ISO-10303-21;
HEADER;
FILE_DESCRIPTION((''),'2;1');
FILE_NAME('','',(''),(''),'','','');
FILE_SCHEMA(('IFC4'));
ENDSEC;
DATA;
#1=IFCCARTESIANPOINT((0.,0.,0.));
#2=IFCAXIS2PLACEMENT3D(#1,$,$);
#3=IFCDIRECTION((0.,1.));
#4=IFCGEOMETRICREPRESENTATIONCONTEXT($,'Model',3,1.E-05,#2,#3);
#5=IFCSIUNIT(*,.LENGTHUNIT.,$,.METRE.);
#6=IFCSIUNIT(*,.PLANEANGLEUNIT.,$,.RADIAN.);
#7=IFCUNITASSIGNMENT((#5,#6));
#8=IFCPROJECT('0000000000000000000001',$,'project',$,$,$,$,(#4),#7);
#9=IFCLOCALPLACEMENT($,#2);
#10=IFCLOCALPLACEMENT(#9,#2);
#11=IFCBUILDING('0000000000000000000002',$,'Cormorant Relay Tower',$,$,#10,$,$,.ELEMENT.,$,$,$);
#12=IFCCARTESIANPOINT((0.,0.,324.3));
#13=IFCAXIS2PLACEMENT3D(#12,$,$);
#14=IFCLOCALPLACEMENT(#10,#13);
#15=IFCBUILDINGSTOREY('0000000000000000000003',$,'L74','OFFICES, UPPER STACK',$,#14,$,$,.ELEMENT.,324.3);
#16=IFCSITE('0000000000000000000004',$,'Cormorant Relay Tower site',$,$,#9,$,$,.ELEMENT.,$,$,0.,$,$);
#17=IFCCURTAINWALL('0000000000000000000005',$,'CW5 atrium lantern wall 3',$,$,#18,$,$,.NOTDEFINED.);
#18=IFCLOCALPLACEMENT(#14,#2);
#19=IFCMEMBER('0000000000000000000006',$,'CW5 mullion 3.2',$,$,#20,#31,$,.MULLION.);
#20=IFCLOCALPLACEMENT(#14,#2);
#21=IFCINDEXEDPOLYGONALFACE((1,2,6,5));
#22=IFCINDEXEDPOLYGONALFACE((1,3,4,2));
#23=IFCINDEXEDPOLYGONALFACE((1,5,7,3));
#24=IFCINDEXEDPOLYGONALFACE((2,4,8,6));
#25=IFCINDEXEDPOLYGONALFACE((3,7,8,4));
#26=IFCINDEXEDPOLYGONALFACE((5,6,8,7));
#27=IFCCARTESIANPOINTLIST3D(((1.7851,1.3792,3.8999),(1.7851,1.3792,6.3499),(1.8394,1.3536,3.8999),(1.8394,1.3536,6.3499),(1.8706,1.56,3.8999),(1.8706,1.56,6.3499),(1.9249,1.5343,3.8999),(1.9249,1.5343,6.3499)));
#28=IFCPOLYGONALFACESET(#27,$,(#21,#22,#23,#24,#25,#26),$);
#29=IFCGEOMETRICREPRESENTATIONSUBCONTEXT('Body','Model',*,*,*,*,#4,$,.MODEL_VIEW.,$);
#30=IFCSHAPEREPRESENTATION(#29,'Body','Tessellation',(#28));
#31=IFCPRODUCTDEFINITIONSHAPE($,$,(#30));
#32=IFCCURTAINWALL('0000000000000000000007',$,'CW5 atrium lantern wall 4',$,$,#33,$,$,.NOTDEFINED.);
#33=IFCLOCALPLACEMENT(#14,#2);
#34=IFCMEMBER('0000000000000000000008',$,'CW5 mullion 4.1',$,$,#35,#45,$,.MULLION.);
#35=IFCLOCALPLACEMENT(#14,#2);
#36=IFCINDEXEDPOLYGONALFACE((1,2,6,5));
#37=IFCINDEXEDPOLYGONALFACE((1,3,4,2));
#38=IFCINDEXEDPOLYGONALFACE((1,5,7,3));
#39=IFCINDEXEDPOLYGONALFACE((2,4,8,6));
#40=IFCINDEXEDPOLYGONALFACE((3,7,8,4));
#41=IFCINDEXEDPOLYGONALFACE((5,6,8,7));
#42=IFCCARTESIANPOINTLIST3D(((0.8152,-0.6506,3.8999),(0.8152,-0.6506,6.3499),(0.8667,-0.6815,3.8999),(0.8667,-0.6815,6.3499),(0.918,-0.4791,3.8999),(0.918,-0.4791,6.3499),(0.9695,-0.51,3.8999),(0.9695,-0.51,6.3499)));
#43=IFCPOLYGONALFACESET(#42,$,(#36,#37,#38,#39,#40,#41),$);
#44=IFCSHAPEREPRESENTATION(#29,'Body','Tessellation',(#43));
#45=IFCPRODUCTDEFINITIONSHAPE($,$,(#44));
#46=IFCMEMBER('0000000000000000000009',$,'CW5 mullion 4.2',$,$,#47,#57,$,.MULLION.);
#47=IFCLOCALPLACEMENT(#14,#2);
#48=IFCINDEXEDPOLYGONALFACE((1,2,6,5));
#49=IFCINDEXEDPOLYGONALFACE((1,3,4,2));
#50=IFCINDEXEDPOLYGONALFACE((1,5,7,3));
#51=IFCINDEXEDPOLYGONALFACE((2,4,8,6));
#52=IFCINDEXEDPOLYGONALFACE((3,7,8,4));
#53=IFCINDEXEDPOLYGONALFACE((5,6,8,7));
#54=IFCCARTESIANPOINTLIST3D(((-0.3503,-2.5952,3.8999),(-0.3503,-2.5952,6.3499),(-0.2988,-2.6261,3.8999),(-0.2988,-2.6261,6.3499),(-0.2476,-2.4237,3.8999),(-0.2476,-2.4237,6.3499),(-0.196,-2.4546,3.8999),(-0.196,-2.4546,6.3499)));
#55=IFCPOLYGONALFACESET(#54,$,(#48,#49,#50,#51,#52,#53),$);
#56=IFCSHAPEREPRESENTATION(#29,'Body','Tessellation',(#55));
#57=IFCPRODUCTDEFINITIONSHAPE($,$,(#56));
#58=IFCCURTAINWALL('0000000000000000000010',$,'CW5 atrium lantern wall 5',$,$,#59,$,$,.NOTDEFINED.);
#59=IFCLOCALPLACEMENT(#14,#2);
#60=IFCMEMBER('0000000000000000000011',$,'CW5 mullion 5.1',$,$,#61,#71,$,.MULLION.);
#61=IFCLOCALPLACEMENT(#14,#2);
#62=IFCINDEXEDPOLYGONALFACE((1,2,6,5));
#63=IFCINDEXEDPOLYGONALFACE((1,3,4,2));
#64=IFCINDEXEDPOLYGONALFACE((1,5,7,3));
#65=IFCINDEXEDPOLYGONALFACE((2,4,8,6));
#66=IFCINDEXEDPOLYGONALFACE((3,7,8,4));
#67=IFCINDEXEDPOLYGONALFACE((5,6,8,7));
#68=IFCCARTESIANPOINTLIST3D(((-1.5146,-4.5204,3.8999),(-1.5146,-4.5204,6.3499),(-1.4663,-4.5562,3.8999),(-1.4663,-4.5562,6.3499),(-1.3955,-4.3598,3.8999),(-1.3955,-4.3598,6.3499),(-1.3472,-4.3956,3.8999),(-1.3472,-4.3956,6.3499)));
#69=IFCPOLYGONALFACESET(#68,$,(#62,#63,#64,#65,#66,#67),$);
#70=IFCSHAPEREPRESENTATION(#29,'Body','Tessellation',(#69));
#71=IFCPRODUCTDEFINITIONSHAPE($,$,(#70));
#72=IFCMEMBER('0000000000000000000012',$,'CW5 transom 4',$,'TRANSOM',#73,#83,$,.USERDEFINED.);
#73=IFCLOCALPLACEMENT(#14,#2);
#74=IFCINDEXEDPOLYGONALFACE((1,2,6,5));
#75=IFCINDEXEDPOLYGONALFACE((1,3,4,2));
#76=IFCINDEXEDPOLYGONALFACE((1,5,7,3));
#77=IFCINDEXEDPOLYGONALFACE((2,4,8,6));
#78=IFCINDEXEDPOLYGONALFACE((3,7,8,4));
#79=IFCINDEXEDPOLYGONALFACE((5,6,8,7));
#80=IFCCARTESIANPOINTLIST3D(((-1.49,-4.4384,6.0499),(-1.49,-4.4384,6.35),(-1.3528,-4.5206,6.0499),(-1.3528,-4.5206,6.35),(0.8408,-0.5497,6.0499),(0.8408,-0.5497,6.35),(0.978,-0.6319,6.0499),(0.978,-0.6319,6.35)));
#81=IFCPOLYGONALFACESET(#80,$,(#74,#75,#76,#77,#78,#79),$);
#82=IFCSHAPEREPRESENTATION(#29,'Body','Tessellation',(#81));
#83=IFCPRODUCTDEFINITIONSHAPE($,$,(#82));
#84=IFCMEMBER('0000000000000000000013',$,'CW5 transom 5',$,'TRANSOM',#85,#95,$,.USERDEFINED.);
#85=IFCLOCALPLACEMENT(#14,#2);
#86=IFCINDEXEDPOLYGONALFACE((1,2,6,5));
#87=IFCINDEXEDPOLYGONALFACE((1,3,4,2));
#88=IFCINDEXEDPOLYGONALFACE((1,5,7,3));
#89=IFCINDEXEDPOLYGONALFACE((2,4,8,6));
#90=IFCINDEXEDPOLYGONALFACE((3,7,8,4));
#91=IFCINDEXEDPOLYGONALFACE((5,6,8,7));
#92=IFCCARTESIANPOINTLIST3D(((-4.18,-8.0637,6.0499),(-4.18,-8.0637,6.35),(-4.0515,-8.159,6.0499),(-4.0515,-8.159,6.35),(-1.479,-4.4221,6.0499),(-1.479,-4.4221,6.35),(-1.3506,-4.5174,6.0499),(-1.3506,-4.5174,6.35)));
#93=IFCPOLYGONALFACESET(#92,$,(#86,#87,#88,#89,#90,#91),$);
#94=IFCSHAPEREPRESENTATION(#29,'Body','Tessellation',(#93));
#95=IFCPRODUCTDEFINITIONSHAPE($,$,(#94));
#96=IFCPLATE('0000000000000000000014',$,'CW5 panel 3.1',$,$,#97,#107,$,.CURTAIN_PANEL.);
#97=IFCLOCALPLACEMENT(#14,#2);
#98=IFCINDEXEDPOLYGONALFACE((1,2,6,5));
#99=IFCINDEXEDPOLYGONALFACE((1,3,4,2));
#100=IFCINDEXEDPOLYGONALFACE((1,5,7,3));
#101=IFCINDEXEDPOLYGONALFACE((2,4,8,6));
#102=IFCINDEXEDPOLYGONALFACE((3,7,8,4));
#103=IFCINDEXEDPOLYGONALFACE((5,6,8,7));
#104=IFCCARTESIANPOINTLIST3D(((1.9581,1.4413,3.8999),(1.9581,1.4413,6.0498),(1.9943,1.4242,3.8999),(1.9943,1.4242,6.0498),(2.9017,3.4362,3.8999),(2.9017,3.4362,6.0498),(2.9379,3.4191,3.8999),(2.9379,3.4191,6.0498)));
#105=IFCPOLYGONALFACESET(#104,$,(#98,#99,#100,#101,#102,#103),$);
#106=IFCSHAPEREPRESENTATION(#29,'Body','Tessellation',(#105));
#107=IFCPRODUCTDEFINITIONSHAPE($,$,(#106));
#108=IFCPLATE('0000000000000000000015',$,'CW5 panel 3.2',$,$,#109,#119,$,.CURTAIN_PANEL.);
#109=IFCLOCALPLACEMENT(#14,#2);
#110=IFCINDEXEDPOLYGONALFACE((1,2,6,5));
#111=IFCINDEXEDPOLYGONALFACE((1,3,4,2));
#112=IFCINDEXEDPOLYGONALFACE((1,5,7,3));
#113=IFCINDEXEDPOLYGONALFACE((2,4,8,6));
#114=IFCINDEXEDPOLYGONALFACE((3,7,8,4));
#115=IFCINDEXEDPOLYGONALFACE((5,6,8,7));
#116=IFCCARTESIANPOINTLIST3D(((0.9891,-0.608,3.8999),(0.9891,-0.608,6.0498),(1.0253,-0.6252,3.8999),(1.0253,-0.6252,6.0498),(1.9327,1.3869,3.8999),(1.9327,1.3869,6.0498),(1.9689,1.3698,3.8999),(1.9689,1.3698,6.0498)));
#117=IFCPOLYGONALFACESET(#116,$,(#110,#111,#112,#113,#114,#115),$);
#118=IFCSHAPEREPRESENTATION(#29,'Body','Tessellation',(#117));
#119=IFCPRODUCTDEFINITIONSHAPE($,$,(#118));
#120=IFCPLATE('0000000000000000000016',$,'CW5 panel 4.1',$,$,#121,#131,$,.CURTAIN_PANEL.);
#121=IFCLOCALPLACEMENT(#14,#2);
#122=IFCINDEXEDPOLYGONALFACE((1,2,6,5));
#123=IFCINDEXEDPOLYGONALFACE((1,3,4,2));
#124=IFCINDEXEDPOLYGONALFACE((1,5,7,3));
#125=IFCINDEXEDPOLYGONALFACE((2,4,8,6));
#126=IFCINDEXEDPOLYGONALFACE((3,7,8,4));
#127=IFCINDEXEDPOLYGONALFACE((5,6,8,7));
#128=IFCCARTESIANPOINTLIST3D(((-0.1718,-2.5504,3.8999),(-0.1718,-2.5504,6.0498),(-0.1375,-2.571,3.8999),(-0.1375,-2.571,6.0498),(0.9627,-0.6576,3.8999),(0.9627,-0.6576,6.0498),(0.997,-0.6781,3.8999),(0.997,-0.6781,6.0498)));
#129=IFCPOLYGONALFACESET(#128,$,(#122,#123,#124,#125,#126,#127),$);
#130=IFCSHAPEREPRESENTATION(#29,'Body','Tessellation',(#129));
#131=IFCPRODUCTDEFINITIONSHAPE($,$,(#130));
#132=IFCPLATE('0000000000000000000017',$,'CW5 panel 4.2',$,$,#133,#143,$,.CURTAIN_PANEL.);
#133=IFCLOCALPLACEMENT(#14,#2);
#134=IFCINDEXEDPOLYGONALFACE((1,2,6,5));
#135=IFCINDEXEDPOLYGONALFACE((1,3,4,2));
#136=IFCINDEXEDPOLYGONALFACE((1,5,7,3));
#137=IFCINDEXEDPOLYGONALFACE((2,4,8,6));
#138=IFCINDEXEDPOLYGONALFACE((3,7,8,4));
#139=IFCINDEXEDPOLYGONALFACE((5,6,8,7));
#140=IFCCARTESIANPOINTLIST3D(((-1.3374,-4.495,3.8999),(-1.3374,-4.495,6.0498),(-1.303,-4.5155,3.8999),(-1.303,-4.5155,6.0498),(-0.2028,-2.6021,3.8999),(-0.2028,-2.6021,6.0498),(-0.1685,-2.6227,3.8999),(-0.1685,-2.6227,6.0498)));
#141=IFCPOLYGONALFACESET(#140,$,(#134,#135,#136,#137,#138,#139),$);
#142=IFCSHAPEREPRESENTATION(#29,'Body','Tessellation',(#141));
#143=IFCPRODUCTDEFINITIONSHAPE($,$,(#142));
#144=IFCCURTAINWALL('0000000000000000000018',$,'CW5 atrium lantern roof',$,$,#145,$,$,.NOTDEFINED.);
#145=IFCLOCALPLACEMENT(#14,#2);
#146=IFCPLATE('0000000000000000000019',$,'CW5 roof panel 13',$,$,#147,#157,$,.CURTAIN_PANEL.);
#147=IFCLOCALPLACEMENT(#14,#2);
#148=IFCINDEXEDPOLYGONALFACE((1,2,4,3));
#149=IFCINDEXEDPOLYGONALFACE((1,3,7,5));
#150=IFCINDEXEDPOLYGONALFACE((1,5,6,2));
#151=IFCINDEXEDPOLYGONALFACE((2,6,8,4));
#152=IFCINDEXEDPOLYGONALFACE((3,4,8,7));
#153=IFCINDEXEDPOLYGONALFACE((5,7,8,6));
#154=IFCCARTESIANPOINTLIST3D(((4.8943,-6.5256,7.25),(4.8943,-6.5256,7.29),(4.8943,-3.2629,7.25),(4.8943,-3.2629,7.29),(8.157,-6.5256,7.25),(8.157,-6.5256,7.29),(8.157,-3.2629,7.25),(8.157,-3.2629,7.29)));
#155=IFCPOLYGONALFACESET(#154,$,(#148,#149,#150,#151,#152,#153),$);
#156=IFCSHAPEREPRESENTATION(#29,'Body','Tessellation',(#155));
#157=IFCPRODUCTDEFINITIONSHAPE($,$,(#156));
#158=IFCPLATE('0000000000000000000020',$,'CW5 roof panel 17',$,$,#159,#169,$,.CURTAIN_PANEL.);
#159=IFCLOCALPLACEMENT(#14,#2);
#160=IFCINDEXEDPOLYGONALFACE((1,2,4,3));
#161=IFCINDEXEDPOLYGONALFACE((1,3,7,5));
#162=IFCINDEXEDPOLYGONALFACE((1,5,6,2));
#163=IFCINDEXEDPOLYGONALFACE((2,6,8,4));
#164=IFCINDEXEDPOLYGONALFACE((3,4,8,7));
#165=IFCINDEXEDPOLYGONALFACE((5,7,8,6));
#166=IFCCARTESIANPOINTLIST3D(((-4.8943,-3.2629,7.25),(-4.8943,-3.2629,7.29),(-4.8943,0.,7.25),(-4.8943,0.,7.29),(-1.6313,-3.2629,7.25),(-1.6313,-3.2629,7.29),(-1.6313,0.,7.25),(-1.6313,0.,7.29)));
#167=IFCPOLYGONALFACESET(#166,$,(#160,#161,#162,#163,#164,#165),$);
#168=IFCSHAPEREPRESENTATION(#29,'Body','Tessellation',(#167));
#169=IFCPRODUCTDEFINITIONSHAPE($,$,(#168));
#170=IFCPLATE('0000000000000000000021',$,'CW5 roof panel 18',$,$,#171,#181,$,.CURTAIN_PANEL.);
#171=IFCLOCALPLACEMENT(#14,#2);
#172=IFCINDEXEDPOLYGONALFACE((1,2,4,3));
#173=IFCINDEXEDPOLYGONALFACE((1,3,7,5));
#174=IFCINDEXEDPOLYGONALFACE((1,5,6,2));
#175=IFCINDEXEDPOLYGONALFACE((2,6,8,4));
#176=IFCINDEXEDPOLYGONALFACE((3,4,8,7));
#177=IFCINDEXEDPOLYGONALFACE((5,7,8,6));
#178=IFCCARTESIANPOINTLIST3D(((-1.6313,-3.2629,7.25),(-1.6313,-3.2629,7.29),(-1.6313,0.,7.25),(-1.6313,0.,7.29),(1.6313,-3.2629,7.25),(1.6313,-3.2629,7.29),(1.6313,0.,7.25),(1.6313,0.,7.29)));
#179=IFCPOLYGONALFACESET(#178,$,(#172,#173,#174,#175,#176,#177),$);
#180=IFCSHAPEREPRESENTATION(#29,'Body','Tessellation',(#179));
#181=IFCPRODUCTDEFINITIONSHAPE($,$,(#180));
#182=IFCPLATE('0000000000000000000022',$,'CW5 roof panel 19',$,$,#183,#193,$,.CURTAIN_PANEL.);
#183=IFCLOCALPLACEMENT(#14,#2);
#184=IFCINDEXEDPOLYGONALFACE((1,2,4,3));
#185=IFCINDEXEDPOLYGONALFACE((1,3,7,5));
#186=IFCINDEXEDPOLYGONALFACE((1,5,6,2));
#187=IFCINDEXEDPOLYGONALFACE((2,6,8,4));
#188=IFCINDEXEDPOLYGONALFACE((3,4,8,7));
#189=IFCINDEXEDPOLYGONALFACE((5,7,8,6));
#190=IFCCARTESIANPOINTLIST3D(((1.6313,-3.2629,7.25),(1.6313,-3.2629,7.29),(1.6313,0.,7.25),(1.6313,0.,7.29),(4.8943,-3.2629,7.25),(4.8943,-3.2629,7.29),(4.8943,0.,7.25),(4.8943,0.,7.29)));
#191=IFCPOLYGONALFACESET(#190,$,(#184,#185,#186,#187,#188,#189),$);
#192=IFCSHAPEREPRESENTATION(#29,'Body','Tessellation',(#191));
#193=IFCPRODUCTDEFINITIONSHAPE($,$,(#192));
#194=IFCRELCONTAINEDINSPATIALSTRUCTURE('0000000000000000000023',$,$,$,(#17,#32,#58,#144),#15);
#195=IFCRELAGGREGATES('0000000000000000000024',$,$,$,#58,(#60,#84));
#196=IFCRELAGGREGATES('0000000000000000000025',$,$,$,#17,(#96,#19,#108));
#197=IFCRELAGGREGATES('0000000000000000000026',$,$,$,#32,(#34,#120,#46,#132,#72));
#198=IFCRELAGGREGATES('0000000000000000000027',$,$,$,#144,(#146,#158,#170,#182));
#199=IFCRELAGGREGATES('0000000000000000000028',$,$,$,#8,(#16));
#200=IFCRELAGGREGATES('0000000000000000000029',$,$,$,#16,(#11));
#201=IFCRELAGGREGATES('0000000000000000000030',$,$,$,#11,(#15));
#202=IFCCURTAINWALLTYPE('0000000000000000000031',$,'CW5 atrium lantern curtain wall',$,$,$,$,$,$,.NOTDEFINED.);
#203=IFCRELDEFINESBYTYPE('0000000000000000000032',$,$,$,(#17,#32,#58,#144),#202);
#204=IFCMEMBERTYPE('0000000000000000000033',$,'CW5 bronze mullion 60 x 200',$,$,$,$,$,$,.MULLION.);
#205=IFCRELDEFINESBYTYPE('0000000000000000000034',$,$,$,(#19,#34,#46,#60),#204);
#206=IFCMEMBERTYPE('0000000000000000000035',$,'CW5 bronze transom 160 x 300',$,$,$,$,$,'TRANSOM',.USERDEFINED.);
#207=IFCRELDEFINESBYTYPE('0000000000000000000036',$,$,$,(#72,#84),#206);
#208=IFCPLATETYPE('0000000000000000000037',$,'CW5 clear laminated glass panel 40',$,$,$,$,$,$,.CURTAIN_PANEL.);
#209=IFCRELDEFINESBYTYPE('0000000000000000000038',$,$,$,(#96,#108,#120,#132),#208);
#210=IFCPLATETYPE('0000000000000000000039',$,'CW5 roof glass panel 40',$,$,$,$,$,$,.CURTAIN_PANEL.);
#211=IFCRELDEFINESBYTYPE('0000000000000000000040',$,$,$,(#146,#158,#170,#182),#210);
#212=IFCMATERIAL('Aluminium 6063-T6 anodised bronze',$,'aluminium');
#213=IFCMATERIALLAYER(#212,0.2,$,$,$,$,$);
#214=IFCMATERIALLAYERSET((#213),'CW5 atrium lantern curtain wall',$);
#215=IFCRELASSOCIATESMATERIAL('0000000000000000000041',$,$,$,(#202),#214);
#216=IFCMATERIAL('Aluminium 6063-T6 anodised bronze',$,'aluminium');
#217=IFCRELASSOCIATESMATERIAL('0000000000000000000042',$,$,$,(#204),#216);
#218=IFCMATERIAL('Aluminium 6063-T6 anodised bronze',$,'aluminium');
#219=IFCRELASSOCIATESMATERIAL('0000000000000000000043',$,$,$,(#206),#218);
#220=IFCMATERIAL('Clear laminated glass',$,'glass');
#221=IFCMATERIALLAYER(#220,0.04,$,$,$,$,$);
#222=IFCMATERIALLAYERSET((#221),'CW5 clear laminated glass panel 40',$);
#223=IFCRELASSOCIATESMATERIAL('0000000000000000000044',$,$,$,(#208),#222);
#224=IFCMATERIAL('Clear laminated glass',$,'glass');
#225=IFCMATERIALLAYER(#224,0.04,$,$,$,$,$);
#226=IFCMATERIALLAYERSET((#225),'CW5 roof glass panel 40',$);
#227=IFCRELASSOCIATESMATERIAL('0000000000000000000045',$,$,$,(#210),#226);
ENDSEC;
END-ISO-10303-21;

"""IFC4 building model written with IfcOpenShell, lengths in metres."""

from ifc_helpers import new_model, si_unit, direction, frame, origin, origin_2d, place, context, subcontext, project, spatial, polyline, rectangle, outline, extrude, material, layer, layer_set, material_profile, profile_set, type_object, element, aggregate, save


model = new_model("IFC4")

# Units and contexts
model_context = context("Model", 3, precision=1e-05, world=origin(), true_north=direction((0.0, 1.0)))
body_context = subcontext(model_context, "Body", "Model", "MODEL_VIEW")
ifc_project = project(units=[si_unit("LENGTHUNIT", "METRE"), si_unit("PLANEANGLEUNIT", "RADIAN")], contexts=[model_context])

# Site, building, storey
site_placement = place(None, origin())
site = spatial("IfcSite", under=ifc_project, at=site_placement, Name="Cormorant Relay Tower site", CompositionType="ELEMENT", RefElevation=0.0)
building_placement = place(site_placement, origin())
building = spatial("IfcBuilding", under=site, at=building_placement, Name="Cormorant Relay Tower", CompositionType="ELEMENT")
storey_placement = place(building_placement, frame((0.0, 0.0, 324.3)))
storey = spatial("IfcBuildingStorey", under=building, at=storey_placement, Name="L74", Description="OFFICES, UPPER STACK", CompositionType="ELEMENT", Elevation=324.3)

# Curtain wall, member
ifc_material_1 = material(Name="Aluminium 6063-T6 anodised bronze", Category="aluminium")
ifc_layer_1 = layer(ifc_material_1, 0.2)
ifc_layer_set_1 = layer_set([ifc_layer_1], Name="CW5 atrium lantern curtain wall")
curtain_wall_type = type_object("IfcCurtainWallType", Name="CW5 atrium lantern curtain wall", PredefinedType="NOTDEFINED", material=ifc_layer_set_1)
curtain_wall_1_placement = place(storey_placement, origin())
curtain_wall_1 = element("IfcCurtainWall", 1, at=curtain_wall_1_placement, inside=storey, type_object=curtain_wall_type, Name="CW5 atrium lantern wall 3", PredefinedType="NOTDEFINED")
ifc_material_2 = material(Name="Aluminium 6063-T6 anodised bronze", Category="aluminium")
ifc_material_profile_1 = material_profile(ifc_material_2, rectangle(XDim=0.2, YDim=0.0601, at=origin_2d()), Name="AL 60x200")
ifc_profile_set_1 = profile_set([ifc_material_profile_1], Name="Aluminium 6063-T6 anodised bronze")
member_type_1 = type_object("IfcMemberType", Name="CW5 bronze mullion 60 x 200", PredefinedType="MULLION", material=ifc_profile_set_1)
member_1_placement = place(storey_placement, frame((1.855, 1.4568, 3.8999), z_axis=(0.0, 0.0, 1.0), x_axis=(-0.427555, -0.903989, 0.0)))
member_1 = element("IfcMember", 2, at=member_1_placement, type_object=member_type_1, Name="CW5 mullion 3.2", PredefinedType="MULLION", context=body_context, shape_type="SweptSolid", body=[
    extrude(rectangle(XDim=0.2, YDim=0.0601, at=origin_2d()), origin(), (0.0, 0.0, 1.0), 2.45),
])

# Curtain wall, members
curtain_wall_2_placement = place(storey_placement, origin())
curtain_wall_2 = element("IfcCurtainWall", 3, at=curtain_wall_2_placement, inside=storey, type_object=curtain_wall_type, Name="CW5 atrium lantern wall 4", PredefinedType="NOTDEFINED")
member_2_placement = place(storey_placement, frame((0.8923, -0.5803, 3.8999), z_axis=(0.0, 0.0, 1.0), x_axis=(-0.514103, -0.857729, 0.0)))
member_2 = element("IfcMember", 4, at=member_2_placement, type_object=member_type_1, Name="CW5 mullion 4.1", PredefinedType="MULLION", context=body_context, shape_type="SweptSolid", body=[
    extrude(rectangle(XDim=0.2, YDim=0.0601, at=origin_2d()), origin(), (0.0, 0.0, 1.0), 2.45),
])
member_3_placement = place(storey_placement, frame((-0.2732, -2.5249, 3.8999), z_axis=(0.0, 0.0, 1.0), x_axis=(-0.514103, -0.857729, 0.0)))
member_3 = element("IfcMember", 5, at=member_3_placement, type_object=member_type_1, Name="CW5 mullion 4.2", PredefinedType="MULLION", context=body_context, shape_type="SweptSolid", body=[
    extrude(rectangle(XDim=0.2, YDim=0.0601, at=origin_2d()), origin(), (0.0, 0.0, 1.0), 2.45),
])

# Curtain wall, member
curtain_wall_3_placement = place(storey_placement, origin())
curtain_wall_3 = element("IfcCurtainWall", 6, at=curtain_wall_3_placement, inside=storey, type_object=curtain_wall_type, Name="CW5 atrium lantern wall 5", PredefinedType="NOTDEFINED")
member_4_placement = place(storey_placement, frame((-1.4309, -4.458, 3.8999), z_axis=(0.0, 0.0, 1.0), x_axis=(-0.595699, -0.803208, 0.0)))
member_4 = element("IfcMember", 7, at=member_4_placement, type_object=member_type_1, Name="CW5 mullion 5.1", PredefinedType="MULLION", context=body_context, shape_type="SweptSolid", body=[
    extrude(rectangle(XDim=0.2, YDim=0.0601, at=origin_2d()), origin(), (0.0, 0.0, 1.0), 2.45),
])

# Members
ifc_material_3 = material(Name="Aluminium 6063-T6 anodised bronze", Category="aluminium")
ifc_material_profile_2 = material_profile(ifc_material_3, rectangle(XDim=0.1599, YDim=0.3, at=origin_2d()), Name="AL 160x300")
ifc_profile_set_2 = profile_set([ifc_material_profile_2], Name="Aluminium 6063-T6 anodised bronze")
member_type_2 = type_object("IfcMemberType", Name="CW5 bronze transom 160 x 300", ElementType="TRANSOM", PredefinedType="USERDEFINED", material=ifc_profile_set_2)
member_5_placement = place(storey_placement, frame((0.9094, -0.5908, 6.2), z_axis=(-0.514108, -0.857726, 0.0), x_axis=(0.857726, -0.514108, 0.0)))
member_5 = element("IfcMember", 8, at=member_5_placement, type_object=member_type_2, Name="CW5 transom 4", ObjectType="TRANSOM", PredefinedType="USERDEFINED", context=body_context, shape_type="SweptSolid", body=[
    extrude(rectangle(XDim=0.1599, YDim=0.3, at=origin_2d()), origin(), (0.0, 0.0, 1.0), 4.5337),
])
member_6_placement = place(storey_placement, frame((-1.4148, -4.4697, 6.2), z_axis=(-0.595718, -0.803194, 0.0), x_axis=(0.803194, -0.595718, 0.0)))
member_6 = element("IfcMember", 9, at=member_6_placement, type_object=member_type_2, Name="CW5 transom 5", ObjectType="TRANSOM", PredefinedType="USERDEFINED", context=body_context, shape_type="SweptSolid", body=[
    extrude(rectangle(XDim=0.1599, YDim=0.3, at=origin_2d()), origin(), (0.0, 0.0, 1.0), 4.5339),
])
aggregate(curtain_wall_3, [member_4, member_6])

# Plates
ifc_material_4 = material(Name="Clear laminated glass", Category="glass")
ifc_layer_2 = layer(ifc_material_4, 0.04)
ifc_layer_set_2 = layer_set([ifc_layer_2], Name="CW5 clear laminated glass panel 40")
plate_type_1 = type_object("IfcPlateType", Name="CW5 clear laminated glass panel 40", PredefinedType="CURTAIN_PANEL", material=ifc_layer_set_2)
plate_1_placement = place(storey_placement, frame((2.448, 2.4302, 3.8999), z_axis=(0.0, 0.0, 1.0), x_axis=(-0.427555, -0.903989, 0.0)))
plate_1 = element("IfcPlate", 10, at=plate_1_placement, type_object=plate_type_1, Name="CW5 panel 3.1", PredefinedType="CURTAIN_PANEL", context=body_context, shape_type="SweptSolid", body=[
    extrude(rectangle(XDim=2.2068, YDim=0.04, at=origin_2d()), origin(), (0.0, 0.0, 1.0), 2.1499),
])
plate_2_placement = place(storey_placement, frame((1.479, 0.3809, 3.8999), z_axis=(0.0, 0.0, 1.0), x_axis=(-0.427555, -0.903989, 0.0)))
plate_2 = element("IfcPlate", 11, at=plate_2_placement, type_object=plate_type_1, Name="CW5 panel 3.2", PredefinedType="CURTAIN_PANEL", context=body_context, shape_type="SweptSolid", body=[
    extrude(rectangle(XDim=2.2068, YDim=0.04, at=origin_2d()), origin(), (0.0, 0.0, 1.0), 2.1499),
])
aggregate(curtain_wall_1, [plate_1, member_1, plate_2])
plate_3_placement = place(storey_placement, frame((0.4126, -1.6143, 3.8999), z_axis=(0.0, 0.0, 1.0), x_axis=(-0.514103, -0.857729, 0.0)))
plate_3 = element("IfcPlate", 12, at=plate_3_placement, type_object=plate_type_1, Name="CW5 panel 4.1", PredefinedType="CURTAIN_PANEL", context=body_context, shape_type="SweptSolid", body=[
    extrude(rectangle(XDim=2.2068, YDim=0.04, at=origin_2d()), origin(), (0.0, 0.0, 1.0), 2.1499),
])
plate_4_placement = place(storey_placement, frame((-0.7529, -3.5588, 3.8999), z_axis=(0.0, 0.0, 1.0), x_axis=(-0.514103, -0.857729, 0.0)))
plate_4 = element("IfcPlate", 13, at=plate_4_placement, type_object=plate_type_1, Name="CW5 panel 4.2", PredefinedType="CURTAIN_PANEL", context=body_context, shape_type="SweptSolid", body=[
    extrude(rectangle(XDim=2.2068, YDim=0.04, at=origin_2d()), origin(), (0.0, 0.0, 1.0), 2.1499),
])
aggregate(curtain_wall_2, [member_2, plate_3, member_3, plate_4, member_5])

# Curtain wall, plates
curtain_wall_4_placement = place(storey_placement, origin())
curtain_wall_4 = element("IfcCurtainWall", 14, at=curtain_wall_4_placement, inside=storey, type_object=curtain_wall_type, Name="CW5 atrium lantern roof", PredefinedType="NOTDEFINED")
ifc_material_5 = material(Name="Clear laminated glass", Category="glass")
ifc_layer_3 = layer(ifc_material_5, 0.04)
ifc_layer_set_3 = layer_set([ifc_layer_3], Name="CW5 roof glass panel 40")
plate_type_2 = type_object("IfcPlateType", Name="CW5 roof glass panel 40", PredefinedType="CURTAIN_PANEL", material=ifc_layer_set_3)
plate_5_placement = place(storey_placement, frame((8.157, -6.5256, 7.29), z_axis=(0.0, 0.0, 1.0), x_axis=(0.0, 1.0, 0.0)))
plate_5 = element("IfcPlate", 15, at=plate_5_placement, type_object=plate_type_2, Name="CW5 roof panel 13", PredefinedType="CURTAIN_PANEL", context=body_context, shape_type="SweptSolid", body=[
    extrude(outline(polyline([(0.0, 0.0), (3.2627, 0.0), (3.2627, 3.2627), (0.0, 3.2627), (0.0, 0.0)])), origin(), (0.0, 0.0, -1.0), 0.04),
])
plate_6_placement = place(storey_placement, frame((-1.6313, -3.2629, 7.29), z_axis=(0.0, 0.0, 1.0), x_axis=(0.0, 1.0, 0.0)))
plate_6 = element("IfcPlate", 16, at=plate_6_placement, type_object=plate_type_2, Name="CW5 roof panel 17", PredefinedType="CURTAIN_PANEL", context=body_context, shape_type="SweptSolid", body=[
    extrude(outline(polyline([(0.0, 0.0), (3.2629, 0.0), (3.2629, 3.2629), (0.0, 3.2629), (0.0, 0.0)])), origin(), (0.0, 0.0, -1.0), 0.04),
])
plate_7_placement = place(storey_placement, frame((1.6313, -3.2629, 7.29), z_axis=(0.0, 0.0, 1.0), x_axis=(0.0, 1.0, 0.0)))
plate_7 = element("IfcPlate", 17, at=plate_7_placement, type_object=plate_type_2, Name="CW5 roof panel 18", PredefinedType="CURTAIN_PANEL", context=body_context, shape_type="SweptSolid", body=[
    extrude(outline(polyline([(0.0, 0.0), (3.2629, 0.0), (3.2629, 3.2627), (0.0, 3.2627), (0.0, 0.0)])), origin(), (0.0, 0.0, -1.0), 0.04),
])
plate_8_placement = place(storey_placement, frame((4.8943, -3.2629, 7.29), z_axis=(0.0, 0.0, 1.0), x_axis=(0.0, 1.0, 0.0)))
plate_8 = element("IfcPlate", 18, at=plate_8_placement, type_object=plate_type_2, Name="CW5 roof panel 19", PredefinedType="CURTAIN_PANEL", context=body_context, shape_type="SweptSolid", body=[
    extrude(outline(polyline([(0.0, 0.0), (3.2629, 0.0), (3.2629, 3.2629), (0.0, 3.2629), (0.0, 0.0)])), origin(), (0.0, 0.0, -1.0), 0.04),
])
aggregate(curtain_wall_4, [plate_5, plate_6, plate_7, plate_8])

save(model, "model.ifc")
